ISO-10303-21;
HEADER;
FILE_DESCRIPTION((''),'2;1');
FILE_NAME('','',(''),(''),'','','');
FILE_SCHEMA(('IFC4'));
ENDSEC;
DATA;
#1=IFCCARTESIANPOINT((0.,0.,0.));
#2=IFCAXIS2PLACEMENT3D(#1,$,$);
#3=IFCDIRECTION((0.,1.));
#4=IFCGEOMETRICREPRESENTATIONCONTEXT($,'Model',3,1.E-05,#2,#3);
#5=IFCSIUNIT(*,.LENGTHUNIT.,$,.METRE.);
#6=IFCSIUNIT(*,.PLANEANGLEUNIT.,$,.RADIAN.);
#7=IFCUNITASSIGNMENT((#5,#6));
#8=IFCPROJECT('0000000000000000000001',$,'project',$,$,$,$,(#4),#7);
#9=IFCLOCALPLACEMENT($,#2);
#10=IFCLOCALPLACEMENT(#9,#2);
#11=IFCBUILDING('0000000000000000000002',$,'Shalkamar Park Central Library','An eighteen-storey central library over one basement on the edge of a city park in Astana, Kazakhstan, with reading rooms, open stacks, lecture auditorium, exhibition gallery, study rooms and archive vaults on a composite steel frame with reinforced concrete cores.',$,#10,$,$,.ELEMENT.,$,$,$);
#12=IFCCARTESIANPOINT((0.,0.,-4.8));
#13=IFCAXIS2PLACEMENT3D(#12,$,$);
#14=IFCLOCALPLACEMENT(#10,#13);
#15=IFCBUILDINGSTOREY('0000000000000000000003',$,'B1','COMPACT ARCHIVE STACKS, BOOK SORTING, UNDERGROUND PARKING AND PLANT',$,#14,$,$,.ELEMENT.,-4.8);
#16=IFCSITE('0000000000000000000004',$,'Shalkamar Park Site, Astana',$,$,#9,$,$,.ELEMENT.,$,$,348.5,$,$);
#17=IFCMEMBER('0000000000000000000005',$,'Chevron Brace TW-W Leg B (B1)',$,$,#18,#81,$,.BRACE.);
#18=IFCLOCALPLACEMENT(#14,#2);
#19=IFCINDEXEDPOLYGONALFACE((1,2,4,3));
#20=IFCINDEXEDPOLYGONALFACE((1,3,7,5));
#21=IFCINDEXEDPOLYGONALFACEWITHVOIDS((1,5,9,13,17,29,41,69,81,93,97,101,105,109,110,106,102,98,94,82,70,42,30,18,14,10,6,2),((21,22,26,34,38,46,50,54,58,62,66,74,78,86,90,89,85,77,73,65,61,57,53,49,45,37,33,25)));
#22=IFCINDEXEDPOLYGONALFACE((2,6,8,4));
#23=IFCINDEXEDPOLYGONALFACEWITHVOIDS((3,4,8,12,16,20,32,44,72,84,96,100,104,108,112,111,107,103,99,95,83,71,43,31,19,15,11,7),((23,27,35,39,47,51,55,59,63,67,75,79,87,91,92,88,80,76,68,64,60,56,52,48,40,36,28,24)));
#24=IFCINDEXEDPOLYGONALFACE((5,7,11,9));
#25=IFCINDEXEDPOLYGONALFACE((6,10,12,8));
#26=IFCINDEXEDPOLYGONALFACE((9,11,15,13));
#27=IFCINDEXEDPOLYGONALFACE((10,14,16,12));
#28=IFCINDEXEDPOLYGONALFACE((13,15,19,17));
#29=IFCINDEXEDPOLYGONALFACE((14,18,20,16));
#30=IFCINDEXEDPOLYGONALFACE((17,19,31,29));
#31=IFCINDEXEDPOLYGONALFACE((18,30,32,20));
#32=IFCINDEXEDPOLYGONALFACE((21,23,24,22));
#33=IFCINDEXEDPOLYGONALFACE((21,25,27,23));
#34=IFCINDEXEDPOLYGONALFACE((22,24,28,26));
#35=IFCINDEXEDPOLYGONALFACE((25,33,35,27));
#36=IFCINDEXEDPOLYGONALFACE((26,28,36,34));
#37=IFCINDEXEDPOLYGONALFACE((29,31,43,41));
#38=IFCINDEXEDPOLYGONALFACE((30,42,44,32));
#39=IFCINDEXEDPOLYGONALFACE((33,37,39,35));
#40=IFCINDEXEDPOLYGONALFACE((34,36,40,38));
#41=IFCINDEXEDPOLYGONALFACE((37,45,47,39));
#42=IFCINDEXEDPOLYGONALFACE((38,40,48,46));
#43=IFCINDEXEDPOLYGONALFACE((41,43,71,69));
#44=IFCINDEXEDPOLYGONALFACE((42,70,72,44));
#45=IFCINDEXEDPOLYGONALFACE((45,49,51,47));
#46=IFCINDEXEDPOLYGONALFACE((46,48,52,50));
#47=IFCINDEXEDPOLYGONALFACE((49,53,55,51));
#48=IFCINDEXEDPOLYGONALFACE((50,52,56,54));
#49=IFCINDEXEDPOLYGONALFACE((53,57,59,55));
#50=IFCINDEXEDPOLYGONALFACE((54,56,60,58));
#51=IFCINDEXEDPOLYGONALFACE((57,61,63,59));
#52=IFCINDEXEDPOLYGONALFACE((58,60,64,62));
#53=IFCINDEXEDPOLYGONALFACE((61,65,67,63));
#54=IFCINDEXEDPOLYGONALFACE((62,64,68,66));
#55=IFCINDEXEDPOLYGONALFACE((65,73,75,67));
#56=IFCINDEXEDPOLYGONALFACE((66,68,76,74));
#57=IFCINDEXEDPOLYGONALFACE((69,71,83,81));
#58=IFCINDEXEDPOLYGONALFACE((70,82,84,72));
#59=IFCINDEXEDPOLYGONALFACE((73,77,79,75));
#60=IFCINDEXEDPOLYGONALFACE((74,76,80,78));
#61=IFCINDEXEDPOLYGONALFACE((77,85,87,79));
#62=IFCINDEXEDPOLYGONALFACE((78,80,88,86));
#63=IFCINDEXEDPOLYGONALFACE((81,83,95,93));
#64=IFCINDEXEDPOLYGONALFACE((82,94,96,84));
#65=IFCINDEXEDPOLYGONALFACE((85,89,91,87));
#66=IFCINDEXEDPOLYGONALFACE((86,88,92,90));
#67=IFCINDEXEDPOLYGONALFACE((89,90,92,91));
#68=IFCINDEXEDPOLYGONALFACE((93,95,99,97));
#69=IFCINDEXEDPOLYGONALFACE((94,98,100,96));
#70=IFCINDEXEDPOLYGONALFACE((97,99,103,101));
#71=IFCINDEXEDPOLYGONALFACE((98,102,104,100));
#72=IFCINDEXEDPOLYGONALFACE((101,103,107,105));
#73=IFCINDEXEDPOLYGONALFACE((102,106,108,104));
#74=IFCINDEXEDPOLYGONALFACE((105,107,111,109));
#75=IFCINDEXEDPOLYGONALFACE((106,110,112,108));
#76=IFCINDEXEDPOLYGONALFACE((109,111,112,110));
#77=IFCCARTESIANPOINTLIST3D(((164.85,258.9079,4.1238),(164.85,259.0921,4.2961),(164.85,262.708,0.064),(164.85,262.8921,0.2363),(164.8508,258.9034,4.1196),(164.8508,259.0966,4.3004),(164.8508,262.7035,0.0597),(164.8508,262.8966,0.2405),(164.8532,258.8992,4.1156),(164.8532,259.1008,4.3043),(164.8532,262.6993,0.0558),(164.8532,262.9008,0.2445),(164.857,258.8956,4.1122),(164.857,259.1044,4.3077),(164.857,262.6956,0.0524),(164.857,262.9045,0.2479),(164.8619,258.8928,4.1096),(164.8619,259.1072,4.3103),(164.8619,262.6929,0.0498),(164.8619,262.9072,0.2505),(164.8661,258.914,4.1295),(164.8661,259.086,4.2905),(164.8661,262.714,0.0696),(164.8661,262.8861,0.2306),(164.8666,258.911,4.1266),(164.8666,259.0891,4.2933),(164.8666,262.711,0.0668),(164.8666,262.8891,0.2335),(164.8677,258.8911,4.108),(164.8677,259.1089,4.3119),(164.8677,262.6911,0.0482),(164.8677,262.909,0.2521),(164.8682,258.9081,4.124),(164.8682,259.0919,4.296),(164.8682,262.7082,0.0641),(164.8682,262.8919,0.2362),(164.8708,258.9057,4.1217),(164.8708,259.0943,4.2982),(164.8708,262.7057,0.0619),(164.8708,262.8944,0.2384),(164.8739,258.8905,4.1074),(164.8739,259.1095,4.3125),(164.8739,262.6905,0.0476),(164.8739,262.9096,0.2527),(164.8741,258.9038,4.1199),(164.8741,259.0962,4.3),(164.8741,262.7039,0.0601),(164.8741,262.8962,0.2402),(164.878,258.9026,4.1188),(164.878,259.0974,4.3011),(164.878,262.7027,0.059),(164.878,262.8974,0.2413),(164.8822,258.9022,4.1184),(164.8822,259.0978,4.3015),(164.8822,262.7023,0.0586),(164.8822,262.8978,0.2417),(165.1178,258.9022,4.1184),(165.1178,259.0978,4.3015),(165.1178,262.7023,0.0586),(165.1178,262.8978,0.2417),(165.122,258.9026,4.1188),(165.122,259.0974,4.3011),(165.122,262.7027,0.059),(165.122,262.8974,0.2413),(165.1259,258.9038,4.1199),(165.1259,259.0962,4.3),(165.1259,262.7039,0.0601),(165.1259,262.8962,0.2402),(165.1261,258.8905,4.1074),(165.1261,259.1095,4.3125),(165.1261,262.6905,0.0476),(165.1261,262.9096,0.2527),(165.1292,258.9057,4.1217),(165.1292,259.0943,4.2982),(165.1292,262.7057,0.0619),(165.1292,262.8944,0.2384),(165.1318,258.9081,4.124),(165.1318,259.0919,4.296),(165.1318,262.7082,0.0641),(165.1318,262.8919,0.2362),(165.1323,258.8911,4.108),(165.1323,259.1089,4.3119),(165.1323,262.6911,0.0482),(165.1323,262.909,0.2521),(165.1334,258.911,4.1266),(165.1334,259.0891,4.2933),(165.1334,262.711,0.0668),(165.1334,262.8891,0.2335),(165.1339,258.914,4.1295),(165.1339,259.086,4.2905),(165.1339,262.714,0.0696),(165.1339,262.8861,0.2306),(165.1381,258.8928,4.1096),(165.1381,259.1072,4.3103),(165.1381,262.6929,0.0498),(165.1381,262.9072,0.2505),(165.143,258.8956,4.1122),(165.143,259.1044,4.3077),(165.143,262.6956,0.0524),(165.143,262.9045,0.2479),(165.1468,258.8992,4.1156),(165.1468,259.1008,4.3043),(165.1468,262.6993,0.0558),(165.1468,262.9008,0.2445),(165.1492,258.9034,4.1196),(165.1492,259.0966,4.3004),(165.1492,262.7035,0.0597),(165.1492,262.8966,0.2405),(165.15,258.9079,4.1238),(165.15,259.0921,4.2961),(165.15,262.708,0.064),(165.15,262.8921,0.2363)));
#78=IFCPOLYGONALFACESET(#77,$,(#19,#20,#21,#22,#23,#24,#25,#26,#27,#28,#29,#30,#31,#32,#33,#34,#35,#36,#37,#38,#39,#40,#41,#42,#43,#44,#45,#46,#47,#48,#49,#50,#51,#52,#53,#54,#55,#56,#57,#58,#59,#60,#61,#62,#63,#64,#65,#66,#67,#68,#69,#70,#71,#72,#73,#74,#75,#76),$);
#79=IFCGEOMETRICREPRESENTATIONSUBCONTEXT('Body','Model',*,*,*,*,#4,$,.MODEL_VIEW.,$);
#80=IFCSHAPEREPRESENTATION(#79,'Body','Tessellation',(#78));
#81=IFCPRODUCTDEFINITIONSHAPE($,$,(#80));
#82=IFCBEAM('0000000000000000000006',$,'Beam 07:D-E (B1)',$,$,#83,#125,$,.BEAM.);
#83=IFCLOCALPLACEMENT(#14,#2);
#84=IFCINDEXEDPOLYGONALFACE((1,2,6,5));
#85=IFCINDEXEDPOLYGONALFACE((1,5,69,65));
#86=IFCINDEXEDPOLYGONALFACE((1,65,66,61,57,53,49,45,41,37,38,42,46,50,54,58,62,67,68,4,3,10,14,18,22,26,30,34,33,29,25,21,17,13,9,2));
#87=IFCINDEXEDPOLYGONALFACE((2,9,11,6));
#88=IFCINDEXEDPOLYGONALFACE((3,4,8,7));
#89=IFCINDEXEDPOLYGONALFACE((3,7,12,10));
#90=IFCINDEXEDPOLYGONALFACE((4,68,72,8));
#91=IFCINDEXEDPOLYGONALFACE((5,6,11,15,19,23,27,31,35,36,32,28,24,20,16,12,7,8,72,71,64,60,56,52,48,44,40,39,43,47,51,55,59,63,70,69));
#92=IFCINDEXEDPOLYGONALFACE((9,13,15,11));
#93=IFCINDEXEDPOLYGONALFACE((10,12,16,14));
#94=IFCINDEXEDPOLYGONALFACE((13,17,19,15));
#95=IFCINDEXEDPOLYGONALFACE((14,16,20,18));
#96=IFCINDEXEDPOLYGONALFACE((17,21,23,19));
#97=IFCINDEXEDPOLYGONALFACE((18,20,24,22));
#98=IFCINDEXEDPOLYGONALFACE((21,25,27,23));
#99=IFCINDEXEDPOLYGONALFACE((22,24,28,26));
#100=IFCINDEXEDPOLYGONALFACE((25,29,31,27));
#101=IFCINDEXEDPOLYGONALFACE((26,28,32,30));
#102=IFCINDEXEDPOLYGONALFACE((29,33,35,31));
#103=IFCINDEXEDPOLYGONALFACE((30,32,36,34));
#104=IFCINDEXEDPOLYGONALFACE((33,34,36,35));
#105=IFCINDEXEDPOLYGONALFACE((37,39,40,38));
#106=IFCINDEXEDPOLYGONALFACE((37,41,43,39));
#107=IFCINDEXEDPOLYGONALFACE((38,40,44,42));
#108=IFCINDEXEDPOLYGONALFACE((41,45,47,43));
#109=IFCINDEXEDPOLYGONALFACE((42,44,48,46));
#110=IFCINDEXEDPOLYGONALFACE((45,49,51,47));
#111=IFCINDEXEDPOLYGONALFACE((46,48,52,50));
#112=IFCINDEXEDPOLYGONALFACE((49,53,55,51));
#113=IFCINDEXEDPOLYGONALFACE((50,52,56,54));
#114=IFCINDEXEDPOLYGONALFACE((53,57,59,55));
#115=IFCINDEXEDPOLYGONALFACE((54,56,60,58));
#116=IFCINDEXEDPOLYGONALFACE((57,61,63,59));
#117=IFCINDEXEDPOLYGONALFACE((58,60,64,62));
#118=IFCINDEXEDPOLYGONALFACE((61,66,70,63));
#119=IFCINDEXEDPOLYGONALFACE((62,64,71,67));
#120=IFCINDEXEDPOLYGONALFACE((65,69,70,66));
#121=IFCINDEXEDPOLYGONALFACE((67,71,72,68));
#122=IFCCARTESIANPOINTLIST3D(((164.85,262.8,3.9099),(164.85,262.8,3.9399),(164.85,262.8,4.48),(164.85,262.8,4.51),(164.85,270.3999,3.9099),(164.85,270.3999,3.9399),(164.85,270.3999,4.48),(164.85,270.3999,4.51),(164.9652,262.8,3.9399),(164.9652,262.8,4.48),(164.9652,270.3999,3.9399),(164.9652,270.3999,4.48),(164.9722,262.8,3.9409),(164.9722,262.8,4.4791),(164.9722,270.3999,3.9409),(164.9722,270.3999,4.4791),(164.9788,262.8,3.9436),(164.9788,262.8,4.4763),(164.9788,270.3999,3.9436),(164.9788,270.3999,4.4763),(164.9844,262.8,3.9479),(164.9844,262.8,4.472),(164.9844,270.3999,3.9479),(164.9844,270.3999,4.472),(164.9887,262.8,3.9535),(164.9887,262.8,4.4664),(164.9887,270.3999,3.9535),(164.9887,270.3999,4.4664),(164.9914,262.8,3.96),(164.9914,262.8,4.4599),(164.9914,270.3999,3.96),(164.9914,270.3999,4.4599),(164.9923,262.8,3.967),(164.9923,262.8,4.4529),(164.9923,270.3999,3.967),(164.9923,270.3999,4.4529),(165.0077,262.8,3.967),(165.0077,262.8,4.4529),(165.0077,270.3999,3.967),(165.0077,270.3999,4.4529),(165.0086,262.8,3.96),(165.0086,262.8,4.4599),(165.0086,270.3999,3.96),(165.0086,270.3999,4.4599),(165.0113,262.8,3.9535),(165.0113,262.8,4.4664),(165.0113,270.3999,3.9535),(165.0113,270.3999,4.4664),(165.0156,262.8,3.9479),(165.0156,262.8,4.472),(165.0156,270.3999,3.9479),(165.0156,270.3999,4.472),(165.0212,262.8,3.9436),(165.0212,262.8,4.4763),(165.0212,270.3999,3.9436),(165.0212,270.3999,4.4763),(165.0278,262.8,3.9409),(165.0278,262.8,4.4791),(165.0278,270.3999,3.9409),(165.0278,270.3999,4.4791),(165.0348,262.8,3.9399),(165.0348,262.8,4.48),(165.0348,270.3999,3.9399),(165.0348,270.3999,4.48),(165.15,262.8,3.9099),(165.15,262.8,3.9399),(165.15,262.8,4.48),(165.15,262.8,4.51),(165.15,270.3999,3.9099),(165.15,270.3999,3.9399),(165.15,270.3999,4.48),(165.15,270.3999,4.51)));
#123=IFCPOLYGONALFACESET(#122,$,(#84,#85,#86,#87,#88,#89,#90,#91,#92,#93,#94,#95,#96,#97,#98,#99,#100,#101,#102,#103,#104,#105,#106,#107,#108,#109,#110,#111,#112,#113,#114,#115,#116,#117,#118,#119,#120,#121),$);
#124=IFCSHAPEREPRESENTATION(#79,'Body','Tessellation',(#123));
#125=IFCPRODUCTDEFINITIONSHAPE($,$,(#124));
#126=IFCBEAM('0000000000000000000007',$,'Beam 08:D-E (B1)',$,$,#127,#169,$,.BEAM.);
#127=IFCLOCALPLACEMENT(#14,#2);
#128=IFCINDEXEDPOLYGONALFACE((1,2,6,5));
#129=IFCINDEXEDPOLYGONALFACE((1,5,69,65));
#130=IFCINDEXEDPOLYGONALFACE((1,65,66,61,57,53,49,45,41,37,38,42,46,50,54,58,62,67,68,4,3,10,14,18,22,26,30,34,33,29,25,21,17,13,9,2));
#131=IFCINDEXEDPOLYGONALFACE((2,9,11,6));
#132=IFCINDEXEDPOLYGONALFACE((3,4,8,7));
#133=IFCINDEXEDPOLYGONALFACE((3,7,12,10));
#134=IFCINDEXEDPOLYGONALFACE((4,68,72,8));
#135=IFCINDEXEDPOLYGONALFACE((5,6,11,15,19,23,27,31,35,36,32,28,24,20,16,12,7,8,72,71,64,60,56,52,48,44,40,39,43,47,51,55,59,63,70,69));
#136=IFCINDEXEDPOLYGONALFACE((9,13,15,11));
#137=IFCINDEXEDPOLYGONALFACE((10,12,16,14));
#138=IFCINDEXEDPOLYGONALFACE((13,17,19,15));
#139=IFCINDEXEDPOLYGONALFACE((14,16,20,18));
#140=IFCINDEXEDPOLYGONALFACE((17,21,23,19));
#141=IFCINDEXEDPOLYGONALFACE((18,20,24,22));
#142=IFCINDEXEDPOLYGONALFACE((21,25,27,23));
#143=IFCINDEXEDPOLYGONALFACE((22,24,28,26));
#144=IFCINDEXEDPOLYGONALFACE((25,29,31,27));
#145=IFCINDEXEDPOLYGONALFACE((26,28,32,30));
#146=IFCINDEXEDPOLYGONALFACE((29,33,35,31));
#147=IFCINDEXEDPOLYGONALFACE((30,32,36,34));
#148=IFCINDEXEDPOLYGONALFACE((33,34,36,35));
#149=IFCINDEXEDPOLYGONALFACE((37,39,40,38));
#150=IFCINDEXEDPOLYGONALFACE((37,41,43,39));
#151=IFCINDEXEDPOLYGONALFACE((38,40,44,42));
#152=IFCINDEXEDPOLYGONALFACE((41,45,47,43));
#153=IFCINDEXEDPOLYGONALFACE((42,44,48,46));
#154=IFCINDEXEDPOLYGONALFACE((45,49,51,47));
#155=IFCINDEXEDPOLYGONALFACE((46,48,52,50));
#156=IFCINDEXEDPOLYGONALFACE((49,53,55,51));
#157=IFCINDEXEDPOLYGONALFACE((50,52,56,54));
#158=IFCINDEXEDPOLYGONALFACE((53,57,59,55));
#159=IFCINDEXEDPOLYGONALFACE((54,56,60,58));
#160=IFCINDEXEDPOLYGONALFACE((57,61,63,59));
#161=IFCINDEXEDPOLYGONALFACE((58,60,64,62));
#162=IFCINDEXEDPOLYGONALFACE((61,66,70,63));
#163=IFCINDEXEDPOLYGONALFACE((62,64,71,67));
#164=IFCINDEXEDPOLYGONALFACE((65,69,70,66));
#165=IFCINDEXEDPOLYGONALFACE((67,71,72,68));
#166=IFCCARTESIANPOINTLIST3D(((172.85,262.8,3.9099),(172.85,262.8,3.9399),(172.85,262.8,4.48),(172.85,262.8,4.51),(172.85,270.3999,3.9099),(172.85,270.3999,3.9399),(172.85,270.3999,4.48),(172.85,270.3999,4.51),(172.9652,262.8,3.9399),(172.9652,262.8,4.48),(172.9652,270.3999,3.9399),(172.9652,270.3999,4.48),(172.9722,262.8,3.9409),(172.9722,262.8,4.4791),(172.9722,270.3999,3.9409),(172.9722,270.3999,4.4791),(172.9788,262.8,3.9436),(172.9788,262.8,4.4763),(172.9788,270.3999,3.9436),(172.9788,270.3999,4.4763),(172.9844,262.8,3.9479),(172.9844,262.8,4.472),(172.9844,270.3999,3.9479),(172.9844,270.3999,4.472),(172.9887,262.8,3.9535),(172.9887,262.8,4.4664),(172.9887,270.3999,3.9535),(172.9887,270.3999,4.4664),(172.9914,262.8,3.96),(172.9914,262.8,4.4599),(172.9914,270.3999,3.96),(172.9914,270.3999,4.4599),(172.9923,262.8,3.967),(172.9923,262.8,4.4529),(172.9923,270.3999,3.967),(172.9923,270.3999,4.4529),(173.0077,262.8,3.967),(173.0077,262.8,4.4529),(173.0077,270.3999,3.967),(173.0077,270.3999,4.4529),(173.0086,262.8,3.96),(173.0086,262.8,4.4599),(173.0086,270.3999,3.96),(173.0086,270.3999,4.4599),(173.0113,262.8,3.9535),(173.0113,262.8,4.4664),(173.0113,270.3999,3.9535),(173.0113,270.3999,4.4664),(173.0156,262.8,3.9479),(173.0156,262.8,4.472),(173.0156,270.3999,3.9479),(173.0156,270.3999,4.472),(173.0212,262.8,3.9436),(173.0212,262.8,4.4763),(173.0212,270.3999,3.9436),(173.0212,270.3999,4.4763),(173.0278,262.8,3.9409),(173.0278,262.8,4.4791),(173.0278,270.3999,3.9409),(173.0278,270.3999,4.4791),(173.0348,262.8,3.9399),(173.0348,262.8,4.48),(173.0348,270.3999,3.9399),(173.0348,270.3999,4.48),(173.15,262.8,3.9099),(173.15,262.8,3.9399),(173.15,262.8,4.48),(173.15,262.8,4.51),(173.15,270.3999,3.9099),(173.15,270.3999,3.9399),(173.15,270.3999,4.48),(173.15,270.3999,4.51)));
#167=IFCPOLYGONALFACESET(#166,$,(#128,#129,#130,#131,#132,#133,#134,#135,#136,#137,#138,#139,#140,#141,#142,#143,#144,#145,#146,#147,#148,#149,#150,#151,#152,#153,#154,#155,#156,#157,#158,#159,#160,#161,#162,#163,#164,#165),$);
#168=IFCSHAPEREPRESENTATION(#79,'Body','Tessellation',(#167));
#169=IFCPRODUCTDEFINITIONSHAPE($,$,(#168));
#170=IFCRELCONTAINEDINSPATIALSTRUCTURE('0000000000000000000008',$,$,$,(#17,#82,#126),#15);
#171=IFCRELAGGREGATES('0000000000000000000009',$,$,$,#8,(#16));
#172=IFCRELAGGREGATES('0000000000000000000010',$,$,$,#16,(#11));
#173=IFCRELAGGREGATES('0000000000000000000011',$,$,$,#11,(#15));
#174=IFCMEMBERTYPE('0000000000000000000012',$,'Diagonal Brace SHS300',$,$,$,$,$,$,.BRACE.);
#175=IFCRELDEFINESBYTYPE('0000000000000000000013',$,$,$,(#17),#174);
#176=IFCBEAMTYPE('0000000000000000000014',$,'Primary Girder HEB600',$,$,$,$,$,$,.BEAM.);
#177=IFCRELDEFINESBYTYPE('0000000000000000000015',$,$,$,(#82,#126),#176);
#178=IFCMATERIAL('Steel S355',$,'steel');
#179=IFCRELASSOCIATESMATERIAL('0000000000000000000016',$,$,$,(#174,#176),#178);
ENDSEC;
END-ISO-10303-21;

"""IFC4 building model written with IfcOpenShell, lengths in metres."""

from ifc_helpers import new_model, si_unit, direction, frame, origin, origin_2d, place, context, subcontext, project, spatial, hollow_rectangle, i_section, extrude, material, material_profile, profile_set, type_object, element, save


model = new_model("IFC4")

# Units and contexts
model_context = context("Model", 3, precision=1e-05, world=origin(), true_north=direction((0.0, 1.0)))
body_context = subcontext(model_context, "Body", "Model", "MODEL_VIEW")
ifc_project = project(units=[si_unit("LENGTHUNIT", "METRE"), si_unit("PLANEANGLEUNIT", "RADIAN")], contexts=[model_context])

# Site, building, storey
site_placement = place(None, origin())
site = spatial("IfcSite", under=ifc_project, at=site_placement, Name="Shalkamar Park Site, Astana", CompositionType="ELEMENT", RefElevation=348.5)
building_placement = place(site_placement, origin())
building = spatial("IfcBuilding", under=site, at=building_placement, Name="Shalkamar Park Central Library", Description="An eighteen-storey central library over one basement on the edge of a city park in Astana, Kazakhstan, with reading rooms, open stacks, lecture auditorium, exhibition gallery, study rooms and archive vaults on a composite steel frame with reinforced concrete cores.", CompositionType="ELEMENT")
storey_placement = place(building_placement, frame((0.0, 0.0, -4.8)))
storey = spatial("IfcBuildingStorey", under=building, at=storey_placement, Name="B1", Description="COMPACT ARCHIVE STACKS, BOOK SORTING, UNDERGROUND PARKING AND PLANT", CompositionType="ELEMENT", Elevation=-4.8)

# Shared definitions
ifc_material_1 = material(Name="Steel S355", Category="steel")

# Member
ifc_material_profile_1 = material_profile(ifc_material_1, hollow_rectangle(XDim=0.3, YDim=0.3, WallThickness=0.0161, InnerFilletRadius=0.0161, OuterFilletRadius=0.0239, at=origin_2d()), Name="SHS 300x300x16")
ifc_profile_set_1 = profile_set([ifc_material_profile_1], Name="Steel S355")
member_type = type_object("IfcMemberType", Name="Diagonal Brace SHS300", PredefinedType="BRACE", material=ifc_profile_set_1)
member_placement = place(storey_placement, frame((165.0, 262.8, 0.1501), z_axis=(0.0, -0.683364, 0.730078), x_axis=(1.0, 0.0, 0.0)))
element("IfcMember", 1, at=member_placement, inside=storey, type_object=member_type, Name="Chevron Brace TW-W Leg B (B1)", PredefinedType="BRACE", context=body_context, shape_type="SweptSolid", body=[
    extrude(hollow_rectangle(XDim=0.3, YDim=0.3, WallThickness=0.0161, InnerFilletRadius=0.0161, OuterFilletRadius=0.0239, at=origin_2d()), origin(), (0.0, 0.0, 1.0), 5.5608),
])

# Beams
ifc_material_profile_2 = material_profile(ifc_material_1, i_section(OverallWidth=0.3, OverallDepth=0.6001, WebThickness=0.0154, FlangeThickness=0.03, FilletRadius=0.0271, at=origin_2d()), Name="HEB 600")
ifc_profile_set_2 = profile_set([ifc_material_profile_2], Name="Steel S355")
beam_type_1 = type_object("IfcBeamType", Name="Primary Girder HEB600", PredefinedType="BEAM", material=ifc_profile_set_2)
for number, where, z_axis, x_axis, name in (
    (2, (165.0, 262.8, 4.21), (0.0, 1.0, 0.0), (-1.0, 0.0, 0.0), "Beam 07:D-E (B1)"),
    (3, (173.0, 262.8, 4.21), (0.0, 1.0, 0.0), (-1.0, 0.0, 0.0), "Beam 08:D-E (B1)"),
):
    element("IfcBeam", number, at=place(storey_placement, frame(where, z_axis=z_axis, x_axis=x_axis)), inside=storey, type_object=beam_type_1, Name=name, PredefinedType="BEAM", context=body_context, shape_type="SweptSolid", body=[
        extrude(i_section(OverallWidth=0.3, OverallDepth=0.6001, WebThickness=0.0154, FlangeThickness=0.03, FilletRadius=0.0271, at=origin_2d()), origin(), (0.0, 0.0, 1.0), 7.5999),
    ])

save(model, "model.ifc")
